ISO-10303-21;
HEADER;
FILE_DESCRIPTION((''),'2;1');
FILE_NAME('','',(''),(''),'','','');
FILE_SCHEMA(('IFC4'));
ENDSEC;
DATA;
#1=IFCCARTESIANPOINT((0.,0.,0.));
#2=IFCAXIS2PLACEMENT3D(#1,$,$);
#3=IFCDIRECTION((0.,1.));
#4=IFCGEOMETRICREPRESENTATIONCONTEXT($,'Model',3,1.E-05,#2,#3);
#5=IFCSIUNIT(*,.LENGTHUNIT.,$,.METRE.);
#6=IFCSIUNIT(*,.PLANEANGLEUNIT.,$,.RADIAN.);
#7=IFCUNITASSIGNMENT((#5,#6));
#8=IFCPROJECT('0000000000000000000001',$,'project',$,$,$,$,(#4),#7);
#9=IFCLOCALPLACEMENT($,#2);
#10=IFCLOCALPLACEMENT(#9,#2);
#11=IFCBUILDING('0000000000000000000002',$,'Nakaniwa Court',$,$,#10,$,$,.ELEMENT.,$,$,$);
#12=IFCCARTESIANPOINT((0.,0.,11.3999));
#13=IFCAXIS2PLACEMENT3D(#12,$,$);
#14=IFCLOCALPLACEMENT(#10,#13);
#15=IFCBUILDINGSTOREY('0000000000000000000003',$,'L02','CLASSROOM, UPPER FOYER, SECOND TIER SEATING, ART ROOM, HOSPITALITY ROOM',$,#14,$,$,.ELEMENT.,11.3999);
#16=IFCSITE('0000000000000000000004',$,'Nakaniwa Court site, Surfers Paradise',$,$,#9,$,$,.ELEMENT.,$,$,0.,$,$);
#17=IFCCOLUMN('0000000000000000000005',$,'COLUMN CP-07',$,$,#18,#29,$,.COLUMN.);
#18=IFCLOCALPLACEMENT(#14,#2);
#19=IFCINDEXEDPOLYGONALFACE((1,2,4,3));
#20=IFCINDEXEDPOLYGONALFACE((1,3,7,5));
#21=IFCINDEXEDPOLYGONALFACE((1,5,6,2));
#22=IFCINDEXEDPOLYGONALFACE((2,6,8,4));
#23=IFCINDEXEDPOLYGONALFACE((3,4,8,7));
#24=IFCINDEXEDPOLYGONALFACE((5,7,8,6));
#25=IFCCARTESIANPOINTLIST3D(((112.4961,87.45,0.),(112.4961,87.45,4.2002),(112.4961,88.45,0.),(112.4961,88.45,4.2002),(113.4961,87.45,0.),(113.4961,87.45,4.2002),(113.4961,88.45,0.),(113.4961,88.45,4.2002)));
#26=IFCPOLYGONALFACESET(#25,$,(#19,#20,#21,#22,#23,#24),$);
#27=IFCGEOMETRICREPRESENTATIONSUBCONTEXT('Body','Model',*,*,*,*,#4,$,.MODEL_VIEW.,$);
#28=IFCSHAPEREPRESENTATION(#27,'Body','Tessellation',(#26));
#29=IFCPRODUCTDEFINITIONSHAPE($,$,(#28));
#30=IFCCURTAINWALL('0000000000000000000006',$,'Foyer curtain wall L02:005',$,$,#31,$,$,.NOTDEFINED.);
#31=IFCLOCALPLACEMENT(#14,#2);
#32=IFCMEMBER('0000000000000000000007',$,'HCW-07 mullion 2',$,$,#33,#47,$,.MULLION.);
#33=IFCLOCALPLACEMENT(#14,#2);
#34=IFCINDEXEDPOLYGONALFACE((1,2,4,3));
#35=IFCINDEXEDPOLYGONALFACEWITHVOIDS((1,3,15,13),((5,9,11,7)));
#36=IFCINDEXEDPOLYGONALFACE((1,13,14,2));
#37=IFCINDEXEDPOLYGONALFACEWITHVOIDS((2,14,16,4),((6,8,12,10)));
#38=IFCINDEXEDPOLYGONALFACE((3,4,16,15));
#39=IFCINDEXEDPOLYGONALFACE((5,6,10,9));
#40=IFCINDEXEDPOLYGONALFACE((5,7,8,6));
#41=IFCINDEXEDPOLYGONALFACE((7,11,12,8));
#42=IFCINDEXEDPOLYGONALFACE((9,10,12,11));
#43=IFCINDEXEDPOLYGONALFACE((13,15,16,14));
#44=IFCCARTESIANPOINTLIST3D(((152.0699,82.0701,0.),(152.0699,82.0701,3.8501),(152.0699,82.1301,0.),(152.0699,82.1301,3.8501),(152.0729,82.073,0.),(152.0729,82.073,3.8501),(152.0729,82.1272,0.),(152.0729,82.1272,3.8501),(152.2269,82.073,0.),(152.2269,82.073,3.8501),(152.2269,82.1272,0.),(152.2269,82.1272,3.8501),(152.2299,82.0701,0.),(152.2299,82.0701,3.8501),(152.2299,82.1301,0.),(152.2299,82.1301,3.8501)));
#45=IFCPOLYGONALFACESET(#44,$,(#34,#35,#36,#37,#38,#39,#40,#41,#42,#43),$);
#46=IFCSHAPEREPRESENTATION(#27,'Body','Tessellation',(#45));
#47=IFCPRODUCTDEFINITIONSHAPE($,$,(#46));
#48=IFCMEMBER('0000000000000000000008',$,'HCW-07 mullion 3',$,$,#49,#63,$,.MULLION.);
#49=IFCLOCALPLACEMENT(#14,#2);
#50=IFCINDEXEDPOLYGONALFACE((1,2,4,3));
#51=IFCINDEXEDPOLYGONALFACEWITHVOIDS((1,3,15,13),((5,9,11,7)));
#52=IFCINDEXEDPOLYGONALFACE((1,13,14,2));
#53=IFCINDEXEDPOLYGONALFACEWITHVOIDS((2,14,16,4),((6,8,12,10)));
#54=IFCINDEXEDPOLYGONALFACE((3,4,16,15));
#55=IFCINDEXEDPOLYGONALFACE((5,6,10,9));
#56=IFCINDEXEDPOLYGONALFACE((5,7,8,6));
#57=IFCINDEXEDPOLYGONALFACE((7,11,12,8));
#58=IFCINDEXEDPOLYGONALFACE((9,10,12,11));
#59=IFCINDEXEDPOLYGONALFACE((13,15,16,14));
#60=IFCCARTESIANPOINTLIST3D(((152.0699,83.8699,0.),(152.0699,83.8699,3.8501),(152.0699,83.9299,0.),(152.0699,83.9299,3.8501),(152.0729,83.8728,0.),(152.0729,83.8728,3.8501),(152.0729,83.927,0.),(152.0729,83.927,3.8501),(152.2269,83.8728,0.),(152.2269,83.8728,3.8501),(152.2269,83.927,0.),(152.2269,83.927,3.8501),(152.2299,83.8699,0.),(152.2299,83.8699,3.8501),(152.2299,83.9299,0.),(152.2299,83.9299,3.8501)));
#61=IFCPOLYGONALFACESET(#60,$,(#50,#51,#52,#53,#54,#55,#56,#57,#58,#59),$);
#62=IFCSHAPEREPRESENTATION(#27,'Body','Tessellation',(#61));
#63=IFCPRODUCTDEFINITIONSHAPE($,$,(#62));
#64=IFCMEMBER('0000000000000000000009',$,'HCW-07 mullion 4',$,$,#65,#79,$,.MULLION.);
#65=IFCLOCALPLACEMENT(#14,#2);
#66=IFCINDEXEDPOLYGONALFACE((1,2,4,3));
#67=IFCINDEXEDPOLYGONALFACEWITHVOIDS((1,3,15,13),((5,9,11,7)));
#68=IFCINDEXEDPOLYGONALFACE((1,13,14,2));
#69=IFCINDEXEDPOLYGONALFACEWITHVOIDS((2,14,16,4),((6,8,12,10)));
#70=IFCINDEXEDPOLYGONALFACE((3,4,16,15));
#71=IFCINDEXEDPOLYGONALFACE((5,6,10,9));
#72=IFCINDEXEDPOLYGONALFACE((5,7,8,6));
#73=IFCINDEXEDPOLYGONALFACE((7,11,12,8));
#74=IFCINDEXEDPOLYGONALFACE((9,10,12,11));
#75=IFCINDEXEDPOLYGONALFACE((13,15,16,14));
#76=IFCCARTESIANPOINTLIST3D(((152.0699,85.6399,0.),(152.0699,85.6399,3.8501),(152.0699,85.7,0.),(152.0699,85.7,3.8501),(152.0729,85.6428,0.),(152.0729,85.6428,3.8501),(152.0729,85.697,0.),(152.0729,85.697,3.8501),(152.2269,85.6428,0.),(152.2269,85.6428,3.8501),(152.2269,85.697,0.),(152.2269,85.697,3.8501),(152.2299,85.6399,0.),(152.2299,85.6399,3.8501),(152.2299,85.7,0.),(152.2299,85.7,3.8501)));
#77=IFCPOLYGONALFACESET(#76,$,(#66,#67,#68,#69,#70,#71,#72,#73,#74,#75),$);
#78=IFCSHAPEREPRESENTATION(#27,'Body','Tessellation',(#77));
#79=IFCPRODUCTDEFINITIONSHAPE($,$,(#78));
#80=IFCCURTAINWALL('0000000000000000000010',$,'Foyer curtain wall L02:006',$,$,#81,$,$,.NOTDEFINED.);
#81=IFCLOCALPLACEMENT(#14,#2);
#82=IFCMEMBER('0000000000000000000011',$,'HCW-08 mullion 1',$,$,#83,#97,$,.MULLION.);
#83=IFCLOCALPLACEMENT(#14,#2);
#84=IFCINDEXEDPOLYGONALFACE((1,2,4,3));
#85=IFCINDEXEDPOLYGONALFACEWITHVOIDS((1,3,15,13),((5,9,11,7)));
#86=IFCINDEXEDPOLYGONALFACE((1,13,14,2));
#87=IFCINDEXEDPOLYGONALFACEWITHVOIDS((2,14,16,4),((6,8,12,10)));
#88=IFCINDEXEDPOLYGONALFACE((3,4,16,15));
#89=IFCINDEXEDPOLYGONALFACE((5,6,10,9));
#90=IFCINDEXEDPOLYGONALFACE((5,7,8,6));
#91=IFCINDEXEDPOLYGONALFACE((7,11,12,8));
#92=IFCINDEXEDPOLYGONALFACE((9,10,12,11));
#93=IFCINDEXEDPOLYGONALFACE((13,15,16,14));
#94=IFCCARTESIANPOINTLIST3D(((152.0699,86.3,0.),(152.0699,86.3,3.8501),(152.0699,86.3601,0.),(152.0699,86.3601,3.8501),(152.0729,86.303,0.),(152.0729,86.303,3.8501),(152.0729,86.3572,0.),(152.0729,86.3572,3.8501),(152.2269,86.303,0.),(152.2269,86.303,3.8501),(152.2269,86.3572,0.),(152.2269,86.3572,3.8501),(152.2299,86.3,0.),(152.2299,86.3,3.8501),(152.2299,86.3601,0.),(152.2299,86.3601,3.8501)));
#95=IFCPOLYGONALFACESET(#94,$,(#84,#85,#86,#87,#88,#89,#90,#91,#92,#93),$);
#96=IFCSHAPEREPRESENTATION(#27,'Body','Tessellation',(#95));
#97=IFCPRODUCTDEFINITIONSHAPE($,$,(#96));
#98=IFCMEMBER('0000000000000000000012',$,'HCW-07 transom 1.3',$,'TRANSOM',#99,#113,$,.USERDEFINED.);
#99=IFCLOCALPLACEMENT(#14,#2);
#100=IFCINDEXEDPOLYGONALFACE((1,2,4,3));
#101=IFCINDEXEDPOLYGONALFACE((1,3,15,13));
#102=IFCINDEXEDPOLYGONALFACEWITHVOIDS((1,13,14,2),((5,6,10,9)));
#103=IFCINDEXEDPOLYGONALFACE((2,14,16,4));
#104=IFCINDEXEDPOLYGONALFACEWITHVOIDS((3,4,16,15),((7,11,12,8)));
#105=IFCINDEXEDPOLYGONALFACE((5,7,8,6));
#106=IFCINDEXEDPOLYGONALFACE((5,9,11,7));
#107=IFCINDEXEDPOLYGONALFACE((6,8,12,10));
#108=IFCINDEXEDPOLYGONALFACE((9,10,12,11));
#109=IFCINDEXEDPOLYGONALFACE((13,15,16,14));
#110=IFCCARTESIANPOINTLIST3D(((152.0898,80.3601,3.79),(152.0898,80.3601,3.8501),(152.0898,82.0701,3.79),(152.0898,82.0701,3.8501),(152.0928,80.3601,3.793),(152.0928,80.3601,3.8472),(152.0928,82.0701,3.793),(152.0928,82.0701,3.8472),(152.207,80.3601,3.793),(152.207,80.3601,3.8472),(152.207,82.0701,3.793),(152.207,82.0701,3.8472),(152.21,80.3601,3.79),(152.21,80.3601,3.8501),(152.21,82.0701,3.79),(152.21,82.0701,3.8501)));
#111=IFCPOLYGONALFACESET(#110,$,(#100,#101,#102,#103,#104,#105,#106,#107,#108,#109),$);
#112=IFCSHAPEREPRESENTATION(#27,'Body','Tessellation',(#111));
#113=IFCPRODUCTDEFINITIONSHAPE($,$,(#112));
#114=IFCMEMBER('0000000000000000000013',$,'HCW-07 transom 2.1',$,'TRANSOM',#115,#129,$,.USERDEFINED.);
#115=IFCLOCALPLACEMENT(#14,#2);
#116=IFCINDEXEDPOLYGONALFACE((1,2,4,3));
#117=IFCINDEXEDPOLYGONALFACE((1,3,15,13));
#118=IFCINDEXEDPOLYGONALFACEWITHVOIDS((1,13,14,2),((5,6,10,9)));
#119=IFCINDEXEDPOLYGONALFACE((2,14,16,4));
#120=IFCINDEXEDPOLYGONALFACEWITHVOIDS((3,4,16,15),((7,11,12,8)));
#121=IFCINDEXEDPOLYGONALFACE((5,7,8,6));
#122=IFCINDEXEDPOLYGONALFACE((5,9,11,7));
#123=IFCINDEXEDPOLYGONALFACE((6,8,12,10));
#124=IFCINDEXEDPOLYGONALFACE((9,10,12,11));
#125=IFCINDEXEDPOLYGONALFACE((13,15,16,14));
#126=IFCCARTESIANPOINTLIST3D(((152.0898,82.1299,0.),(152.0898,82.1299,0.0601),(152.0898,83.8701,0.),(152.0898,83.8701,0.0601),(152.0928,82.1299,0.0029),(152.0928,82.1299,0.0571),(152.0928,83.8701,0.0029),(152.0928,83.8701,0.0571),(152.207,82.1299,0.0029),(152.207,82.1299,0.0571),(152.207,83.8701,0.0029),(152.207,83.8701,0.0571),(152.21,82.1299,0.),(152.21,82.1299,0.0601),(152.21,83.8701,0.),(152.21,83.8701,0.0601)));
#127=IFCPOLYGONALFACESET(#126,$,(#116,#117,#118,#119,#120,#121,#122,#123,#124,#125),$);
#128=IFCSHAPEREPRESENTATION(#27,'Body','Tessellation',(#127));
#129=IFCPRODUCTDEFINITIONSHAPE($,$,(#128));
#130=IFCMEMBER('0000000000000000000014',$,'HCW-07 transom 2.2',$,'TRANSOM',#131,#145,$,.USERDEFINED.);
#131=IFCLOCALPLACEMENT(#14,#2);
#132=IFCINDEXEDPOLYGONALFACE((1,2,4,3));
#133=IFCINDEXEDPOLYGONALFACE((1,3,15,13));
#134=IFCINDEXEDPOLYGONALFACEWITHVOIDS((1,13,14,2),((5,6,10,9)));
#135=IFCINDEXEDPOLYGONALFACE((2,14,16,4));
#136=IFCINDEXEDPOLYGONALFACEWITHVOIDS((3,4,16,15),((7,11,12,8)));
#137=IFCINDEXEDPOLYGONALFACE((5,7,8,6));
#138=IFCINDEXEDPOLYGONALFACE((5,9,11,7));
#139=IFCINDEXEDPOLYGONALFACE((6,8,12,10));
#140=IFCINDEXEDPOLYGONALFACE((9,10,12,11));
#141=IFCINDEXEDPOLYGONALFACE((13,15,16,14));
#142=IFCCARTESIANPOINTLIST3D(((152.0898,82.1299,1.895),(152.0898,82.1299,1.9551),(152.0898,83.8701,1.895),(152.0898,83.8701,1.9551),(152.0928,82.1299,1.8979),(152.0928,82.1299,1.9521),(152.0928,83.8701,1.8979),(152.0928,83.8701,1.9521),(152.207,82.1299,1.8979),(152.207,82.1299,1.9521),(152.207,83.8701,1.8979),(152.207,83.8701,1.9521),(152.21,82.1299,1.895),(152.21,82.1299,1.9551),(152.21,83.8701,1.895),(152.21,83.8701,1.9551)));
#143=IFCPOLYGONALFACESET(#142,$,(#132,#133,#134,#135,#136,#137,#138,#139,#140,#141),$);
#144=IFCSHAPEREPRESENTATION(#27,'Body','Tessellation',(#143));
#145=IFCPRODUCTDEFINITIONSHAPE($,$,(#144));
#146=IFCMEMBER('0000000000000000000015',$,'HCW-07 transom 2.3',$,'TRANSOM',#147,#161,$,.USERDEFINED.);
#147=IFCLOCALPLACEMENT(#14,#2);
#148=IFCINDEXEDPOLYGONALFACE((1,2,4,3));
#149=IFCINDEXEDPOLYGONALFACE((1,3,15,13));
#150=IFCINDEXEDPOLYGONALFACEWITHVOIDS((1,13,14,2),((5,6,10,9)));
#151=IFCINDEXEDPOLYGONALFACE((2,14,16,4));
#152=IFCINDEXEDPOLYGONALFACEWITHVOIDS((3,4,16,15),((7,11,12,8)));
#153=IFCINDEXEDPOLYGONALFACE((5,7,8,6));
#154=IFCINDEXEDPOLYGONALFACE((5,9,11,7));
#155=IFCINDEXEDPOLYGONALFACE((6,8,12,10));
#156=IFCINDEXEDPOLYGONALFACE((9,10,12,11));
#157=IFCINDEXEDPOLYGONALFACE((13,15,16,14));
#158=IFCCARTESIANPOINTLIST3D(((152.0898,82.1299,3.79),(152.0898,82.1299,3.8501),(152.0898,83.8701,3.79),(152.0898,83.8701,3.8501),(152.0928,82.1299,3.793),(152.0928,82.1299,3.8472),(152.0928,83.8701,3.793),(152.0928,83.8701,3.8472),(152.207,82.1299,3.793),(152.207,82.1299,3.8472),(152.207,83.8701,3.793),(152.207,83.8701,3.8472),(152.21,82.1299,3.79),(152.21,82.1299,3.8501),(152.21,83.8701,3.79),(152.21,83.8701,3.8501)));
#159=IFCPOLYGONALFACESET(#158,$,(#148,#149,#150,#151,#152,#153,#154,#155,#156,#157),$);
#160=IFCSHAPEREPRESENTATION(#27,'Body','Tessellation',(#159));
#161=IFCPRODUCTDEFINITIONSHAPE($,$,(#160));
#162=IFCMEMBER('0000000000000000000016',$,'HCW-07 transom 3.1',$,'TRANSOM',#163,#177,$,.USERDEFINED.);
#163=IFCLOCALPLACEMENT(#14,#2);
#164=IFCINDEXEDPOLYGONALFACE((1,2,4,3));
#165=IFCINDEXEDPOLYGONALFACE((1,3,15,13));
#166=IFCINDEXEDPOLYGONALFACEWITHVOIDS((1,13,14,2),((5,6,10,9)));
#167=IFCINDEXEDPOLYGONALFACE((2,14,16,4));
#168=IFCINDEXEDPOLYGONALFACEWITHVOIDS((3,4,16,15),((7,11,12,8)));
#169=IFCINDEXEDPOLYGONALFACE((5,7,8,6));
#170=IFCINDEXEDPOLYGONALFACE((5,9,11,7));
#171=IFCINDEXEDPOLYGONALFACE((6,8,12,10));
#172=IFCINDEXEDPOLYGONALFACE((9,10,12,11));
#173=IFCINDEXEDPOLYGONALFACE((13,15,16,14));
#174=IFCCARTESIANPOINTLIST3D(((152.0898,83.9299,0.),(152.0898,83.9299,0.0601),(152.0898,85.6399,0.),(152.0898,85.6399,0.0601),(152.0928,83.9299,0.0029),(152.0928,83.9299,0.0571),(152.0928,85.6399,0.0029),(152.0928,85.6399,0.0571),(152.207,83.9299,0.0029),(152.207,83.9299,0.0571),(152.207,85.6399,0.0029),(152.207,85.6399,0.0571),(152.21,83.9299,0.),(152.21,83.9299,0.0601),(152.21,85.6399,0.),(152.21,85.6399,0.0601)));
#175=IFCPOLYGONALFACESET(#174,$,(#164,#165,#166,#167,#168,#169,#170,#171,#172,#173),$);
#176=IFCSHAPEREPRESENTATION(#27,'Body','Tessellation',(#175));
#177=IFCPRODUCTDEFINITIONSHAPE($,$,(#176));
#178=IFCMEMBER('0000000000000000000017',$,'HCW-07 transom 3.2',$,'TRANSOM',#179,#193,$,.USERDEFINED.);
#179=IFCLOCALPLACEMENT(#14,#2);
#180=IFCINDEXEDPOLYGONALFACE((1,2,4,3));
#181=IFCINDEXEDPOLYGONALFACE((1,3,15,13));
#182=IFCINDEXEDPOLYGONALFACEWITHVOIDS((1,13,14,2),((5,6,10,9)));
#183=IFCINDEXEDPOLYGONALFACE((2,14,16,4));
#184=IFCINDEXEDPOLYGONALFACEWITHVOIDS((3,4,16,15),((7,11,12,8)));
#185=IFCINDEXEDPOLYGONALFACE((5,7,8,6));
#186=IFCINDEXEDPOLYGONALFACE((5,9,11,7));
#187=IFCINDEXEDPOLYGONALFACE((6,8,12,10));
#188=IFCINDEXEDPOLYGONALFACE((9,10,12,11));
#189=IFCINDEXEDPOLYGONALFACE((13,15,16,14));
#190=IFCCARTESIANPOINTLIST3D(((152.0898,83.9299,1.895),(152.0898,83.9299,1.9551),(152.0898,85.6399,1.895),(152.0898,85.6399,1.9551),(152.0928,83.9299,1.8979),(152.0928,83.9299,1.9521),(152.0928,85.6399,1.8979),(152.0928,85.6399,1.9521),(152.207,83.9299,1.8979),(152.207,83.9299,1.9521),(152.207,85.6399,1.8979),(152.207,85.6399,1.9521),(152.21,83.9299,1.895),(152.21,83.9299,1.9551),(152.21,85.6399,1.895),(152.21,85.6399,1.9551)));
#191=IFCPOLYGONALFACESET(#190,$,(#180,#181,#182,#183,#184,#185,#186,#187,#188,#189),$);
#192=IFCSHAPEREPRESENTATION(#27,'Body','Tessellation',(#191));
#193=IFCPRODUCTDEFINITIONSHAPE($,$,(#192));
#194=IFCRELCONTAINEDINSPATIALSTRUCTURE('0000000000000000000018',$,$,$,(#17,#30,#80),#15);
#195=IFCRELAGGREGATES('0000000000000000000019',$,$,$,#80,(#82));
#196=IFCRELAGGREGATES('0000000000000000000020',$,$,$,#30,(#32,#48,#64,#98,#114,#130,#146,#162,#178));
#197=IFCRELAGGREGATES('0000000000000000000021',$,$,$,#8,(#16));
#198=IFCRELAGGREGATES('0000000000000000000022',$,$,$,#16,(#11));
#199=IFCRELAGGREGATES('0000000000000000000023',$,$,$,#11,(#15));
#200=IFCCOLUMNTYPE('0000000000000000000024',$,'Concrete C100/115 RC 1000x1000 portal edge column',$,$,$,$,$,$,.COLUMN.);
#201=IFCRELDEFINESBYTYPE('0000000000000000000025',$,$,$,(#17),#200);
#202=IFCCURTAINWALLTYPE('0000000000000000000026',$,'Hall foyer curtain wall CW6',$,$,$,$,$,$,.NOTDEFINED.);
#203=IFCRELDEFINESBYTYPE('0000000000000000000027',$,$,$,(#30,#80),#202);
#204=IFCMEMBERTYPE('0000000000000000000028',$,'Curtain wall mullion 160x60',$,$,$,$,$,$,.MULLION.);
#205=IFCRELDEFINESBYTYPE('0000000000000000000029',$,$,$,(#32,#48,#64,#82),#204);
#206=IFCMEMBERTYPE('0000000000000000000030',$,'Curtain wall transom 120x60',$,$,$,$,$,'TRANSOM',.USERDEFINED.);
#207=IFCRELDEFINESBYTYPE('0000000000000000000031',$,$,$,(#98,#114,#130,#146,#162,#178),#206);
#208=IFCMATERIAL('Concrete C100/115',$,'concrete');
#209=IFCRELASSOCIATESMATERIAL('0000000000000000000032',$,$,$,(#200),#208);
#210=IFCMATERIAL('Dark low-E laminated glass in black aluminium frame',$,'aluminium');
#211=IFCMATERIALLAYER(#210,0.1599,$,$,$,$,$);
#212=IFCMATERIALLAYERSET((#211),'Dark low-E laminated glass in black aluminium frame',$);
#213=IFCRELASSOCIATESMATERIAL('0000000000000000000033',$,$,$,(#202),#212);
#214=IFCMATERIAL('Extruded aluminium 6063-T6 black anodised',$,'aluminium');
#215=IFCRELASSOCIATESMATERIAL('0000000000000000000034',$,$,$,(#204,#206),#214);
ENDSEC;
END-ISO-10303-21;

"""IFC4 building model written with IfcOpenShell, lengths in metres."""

from ifc_helpers import new_model, si_unit, direction, frame, origin, origin_2d, place, context, subcontext, project, spatial, rectangle, hollow_rectangle, extrude, material, layer, layer_set, material_profile, profile_set, type_object, element, aggregate, save


model = new_model("IFC4")

# Units and contexts
model_context = context("Model", 3, precision=1e-05, world=origin(), true_north=direction((0.0, 1.0)))
body_context = subcontext(model_context, "Body", "Model", "MODEL_VIEW")
ifc_project = project(units=[si_unit("LENGTHUNIT", "METRE"), si_unit("PLANEANGLEUNIT", "RADIAN")], contexts=[model_context])

# Site, building, storey
site_placement = place(None, origin())
site = spatial("IfcSite", under=ifc_project, at=site_placement, Name="Nakaniwa Court site, Surfers Paradise", CompositionType="ELEMENT", RefElevation=0.0)
building_placement = place(site_placement, origin())
building = spatial("IfcBuilding", under=site, at=building_placement, Name="Nakaniwa Court", CompositionType="ELEMENT")
storey_placement = place(building_placement, frame((0.0, 0.0, 11.3999)))
storey = spatial("IfcBuildingStorey", under=building, at=storey_placement, Name="L02", Description="CLASSROOM, UPPER FOYER, SECOND TIER SEATING, ART ROOM, HOSPITALITY ROOM", CompositionType="ELEMENT", Elevation=11.3999)

# Column
ifc_material_1 = material(Name="Concrete C100/115", Category="concrete")
ifc_material_profile_1 = material_profile(ifc_material_1, rectangle(XDim=1.0, YDim=1.0, at=origin_2d()), Name="Concrete C100/115 RC 1000x1000 portal edge column")
ifc_profile_set_1 = profile_set([ifc_material_profile_1], Name="Concrete C100/115")
column_type = type_object("IfcColumnType", Name="Concrete C100/115 RC 1000x1000 portal edge column", PredefinedType="COLUMN", material=ifc_profile_set_1)
column_placement = place(storey_placement, frame((112.9961, 87.95, 0.0), z_axis=(0.0, 0.0, 1.0), x_axis=(1.0, 0.0, 0.0)))
element("IfcColumn", 1, at=column_placement, inside=storey, type_object=column_type, Name="COLUMN CP-07", PredefinedType="COLUMN", context=body_context, shape_type="SweptSolid", body=[
    extrude(rectangle(XDim=1.0, YDim=1.0, at=origin_2d()), origin(), (0.0, 0.0, 1.0), 4.2002),
])

# Curtain wall, members
ifc_material_2 = material(Name="Dark low-E laminated glass in black aluminium frame", Category="aluminium")
ifc_layer_1 = layer(ifc_material_2, 0.1599)
ifc_layer_set_1 = layer_set([ifc_layer_1], Name="Dark low-E laminated glass in black aluminium frame")
curtain_wall_type_1 = type_object("IfcCurtainWallType", Name="Hall foyer curtain wall CW6", PredefinedType="NOTDEFINED", material=ifc_layer_set_1)
curtain_wall_1_placement = place(storey_placement, origin())
curtain_wall_1 = element("IfcCurtainWall", 2, at=curtain_wall_1_placement, inside=storey, type_object=curtain_wall_type_1, Name="Foyer curtain wall L02:005", PredefinedType="NOTDEFINED")
ifc_material_3 = material(Name="Extruded aluminium 6063-T6 black anodised", Category="aluminium")
ifc_material_profile_2 = material_profile(ifc_material_3, hollow_rectangle(XDim=0.1599, YDim=0.0601, WallThickness=0.0029, at=origin_2d()), Name="CW mullion 160x60")
ifc_profile_set_2 = profile_set([ifc_material_profile_2], Name="Extruded aluminium 6063-T6 black anodised")
member_type_1 = type_object("IfcMemberType", Name="Curtain wall mullion 160x60", PredefinedType="MULLION", material=ifc_profile_set_2)
member_1_placement = place(storey_placement, frame((152.1499, 82.1001, 0.0), z_axis=(0.0, 0.0, 1.0), x_axis=(-1.0, 0.0, 0.0)))
member_1 = element("IfcMember", 3, at=member_1_placement, type_object=member_type_1, Name="HCW-07 mullion 2", PredefinedType="MULLION", context=body_context, shape_type="SweptSolid", body=[
    extrude(hollow_rectangle(XDim=0.1599, YDim=0.0601, WallThickness=0.0029, at=origin_2d()), origin(), (0.0, 0.0, 1.0), 3.8501),
])
member_2_placement = place(storey_placement, frame((152.1499, 83.8999, 0.0), z_axis=(0.0, 0.0, 1.0), x_axis=(-1.0, 0.0, 0.0)))
member_2 = element("IfcMember", 4, at=member_2_placement, type_object=member_type_1, Name="HCW-07 mullion 3", PredefinedType="MULLION", context=body_context, shape_type="SweptSolid", body=[
    extrude(hollow_rectangle(XDim=0.1599, YDim=0.0601, WallThickness=0.0029, at=origin_2d()), origin(), (0.0, 0.0, 1.0), 3.8501),
])
member_3_placement = place(storey_placement, frame((152.1499, 85.6699, 0.0), z_axis=(0.0, 0.0, 1.0), x_axis=(-1.0, 0.0, 0.0)))
member_3 = element("IfcMember", 5, at=member_3_placement, type_object=member_type_1, Name="HCW-07 mullion 4", PredefinedType="MULLION", context=body_context, shape_type="SweptSolid", body=[
    extrude(hollow_rectangle(XDim=0.1599, YDim=0.0601, WallThickness=0.0029, at=origin_2d()), origin(), (0.0, 0.0, 1.0), 3.8501),
])

# Curtain wall, member
curtain_wall_2_placement = place(storey_placement, origin())
curtain_wall_2 = element("IfcCurtainWall", 6, at=curtain_wall_2_placement, inside=storey, type_object=curtain_wall_type_1, Name="Foyer curtain wall L02:006", PredefinedType="NOTDEFINED")
member_4_placement = place(storey_placement, frame((152.1499, 86.3301, 0.0), z_axis=(0.0, 0.0, 1.0), x_axis=(-1.0, 0.0, 0.0)))
member_4 = element("IfcMember", 7, at=member_4_placement, type_object=member_type_1, Name="HCW-08 mullion 1", PredefinedType="MULLION", context=body_context, shape_type="SweptSolid", body=[
    extrude(hollow_rectangle(XDim=0.1599, YDim=0.0601, WallThickness=0.0029, at=origin_2d()), origin(), (0.0, 0.0, 1.0), 3.8501),
])
aggregate(curtain_wall_2, [member_4])

# Members
ifc_material_profile_3 = material_profile(ifc_material_3, hollow_rectangle(XDim=0.1201, YDim=0.0601, WallThickness=0.0029, at=origin_2d()), Name="CW transom 120x60")
ifc_profile_set_3 = profile_set([ifc_material_profile_3], Name="Extruded aluminium 6063-T6 black anodised")
member_type_2 = type_object("IfcMemberType", Name="Curtain wall transom 120x60", ElementType="TRANSOM", PredefinedType="USERDEFINED", material=ifc_profile_set_3)
member_5_placement = place(storey_placement, frame((152.1499, 80.3601, 3.8201), z_axis=(0.0, 1.0, 0.0), x_axis=(-1.0, 0.0, 0.0)))
member_5 = element("IfcMember", 8, at=member_5_placement, type_object=member_type_2, Name="HCW-07 transom 1.3", ObjectType="TRANSOM", PredefinedType="USERDEFINED", context=body_context, shape_type="SweptSolid", body=[
    extrude(hollow_rectangle(XDim=0.1201, YDim=0.0601, WallThickness=0.0029, at=origin_2d()), origin(), (0.0, 0.0, 1.0), 1.71),
])
member_6_placement = place(storey_placement, frame((152.1499, 82.1299, 0.03), z_axis=(0.0, 1.0, 0.0), x_axis=(-1.0, 0.0, 0.0)))
member_6 = element("IfcMember", 9, at=member_6_placement, type_object=member_type_2, Name="HCW-07 transom 2.1", ObjectType="TRANSOM", PredefinedType="USERDEFINED", context=body_context, shape_type="SweptSolid", body=[
    extrude(hollow_rectangle(XDim=0.1201, YDim=0.0601, WallThickness=0.0029, at=origin_2d()), origin(), (0.0, 0.0, 1.0), 1.7402),
])
member_7_placement = place(storey_placement, frame((152.1499, 82.1299, 1.925), z_axis=(0.0, 1.0, 0.0), x_axis=(-1.0, 0.0, 0.0)))
member_7 = element("IfcMember", 10, at=member_7_placement, type_object=member_type_2, Name="HCW-07 transom 2.2", ObjectType="TRANSOM", PredefinedType="USERDEFINED", context=body_context, shape_type="SweptSolid", body=[
    extrude(hollow_rectangle(XDim=0.1201, YDim=0.0601, WallThickness=0.0029, at=origin_2d()), origin(), (0.0, 0.0, 1.0), 1.7402),
])
member_8_placement = place(storey_placement, frame((152.1499, 82.1299, 3.8201), z_axis=(0.0, 1.0, 0.0), x_axis=(-1.0, 0.0, 0.0)))
member_8 = element("IfcMember", 11, at=member_8_placement, type_object=member_type_2, Name="HCW-07 transom 2.3", ObjectType="TRANSOM", PredefinedType="USERDEFINED", context=body_context, shape_type="SweptSolid", body=[
    extrude(hollow_rectangle(XDim=0.1201, YDim=0.0601, WallThickness=0.0029, at=origin_2d()), origin(), (0.0, 0.0, 1.0), 1.7402),
])
member_9_placement = place(storey_placement, frame((152.1499, 83.9299, 0.03), z_axis=(0.0, 1.0, 0.0), x_axis=(-1.0, 0.0, 0.0)))
member_9 = element("IfcMember", 12, at=member_9_placement, type_object=member_type_2, Name="HCW-07 transom 3.1", ObjectType="TRANSOM", PredefinedType="USERDEFINED", context=body_context, shape_type="SweptSolid", body=[
    extrude(hollow_rectangle(XDim=0.1201, YDim=0.0601, WallThickness=0.0029, at=origin_2d()), origin(), (0.0, 0.0, 1.0), 1.71),
])
member_10_placement = place(storey_placement, frame((152.1499, 83.9299, 1.925), z_axis=(0.0, 1.0, 0.0), x_axis=(-1.0, 0.0, 0.0)))
member_10 = element("IfcMember", 13, at=member_10_placement, type_object=member_type_2, Name="HCW-07 transom 3.2", ObjectType="TRANSOM", PredefinedType="USERDEFINED", context=body_context, shape_type="SweptSolid", body=[
    extrude(hollow_rectangle(XDim=0.1201, YDim=0.0601, WallThickness=0.0029, at=origin_2d()), origin(), (0.0, 0.0, 1.0), 1.71),
])

aggregate(curtain_wall_1, [member_1, member_2, member_3, member_5, member_6, member_7, member_8, member_9, member_10])

save(model, "model.ifc")
